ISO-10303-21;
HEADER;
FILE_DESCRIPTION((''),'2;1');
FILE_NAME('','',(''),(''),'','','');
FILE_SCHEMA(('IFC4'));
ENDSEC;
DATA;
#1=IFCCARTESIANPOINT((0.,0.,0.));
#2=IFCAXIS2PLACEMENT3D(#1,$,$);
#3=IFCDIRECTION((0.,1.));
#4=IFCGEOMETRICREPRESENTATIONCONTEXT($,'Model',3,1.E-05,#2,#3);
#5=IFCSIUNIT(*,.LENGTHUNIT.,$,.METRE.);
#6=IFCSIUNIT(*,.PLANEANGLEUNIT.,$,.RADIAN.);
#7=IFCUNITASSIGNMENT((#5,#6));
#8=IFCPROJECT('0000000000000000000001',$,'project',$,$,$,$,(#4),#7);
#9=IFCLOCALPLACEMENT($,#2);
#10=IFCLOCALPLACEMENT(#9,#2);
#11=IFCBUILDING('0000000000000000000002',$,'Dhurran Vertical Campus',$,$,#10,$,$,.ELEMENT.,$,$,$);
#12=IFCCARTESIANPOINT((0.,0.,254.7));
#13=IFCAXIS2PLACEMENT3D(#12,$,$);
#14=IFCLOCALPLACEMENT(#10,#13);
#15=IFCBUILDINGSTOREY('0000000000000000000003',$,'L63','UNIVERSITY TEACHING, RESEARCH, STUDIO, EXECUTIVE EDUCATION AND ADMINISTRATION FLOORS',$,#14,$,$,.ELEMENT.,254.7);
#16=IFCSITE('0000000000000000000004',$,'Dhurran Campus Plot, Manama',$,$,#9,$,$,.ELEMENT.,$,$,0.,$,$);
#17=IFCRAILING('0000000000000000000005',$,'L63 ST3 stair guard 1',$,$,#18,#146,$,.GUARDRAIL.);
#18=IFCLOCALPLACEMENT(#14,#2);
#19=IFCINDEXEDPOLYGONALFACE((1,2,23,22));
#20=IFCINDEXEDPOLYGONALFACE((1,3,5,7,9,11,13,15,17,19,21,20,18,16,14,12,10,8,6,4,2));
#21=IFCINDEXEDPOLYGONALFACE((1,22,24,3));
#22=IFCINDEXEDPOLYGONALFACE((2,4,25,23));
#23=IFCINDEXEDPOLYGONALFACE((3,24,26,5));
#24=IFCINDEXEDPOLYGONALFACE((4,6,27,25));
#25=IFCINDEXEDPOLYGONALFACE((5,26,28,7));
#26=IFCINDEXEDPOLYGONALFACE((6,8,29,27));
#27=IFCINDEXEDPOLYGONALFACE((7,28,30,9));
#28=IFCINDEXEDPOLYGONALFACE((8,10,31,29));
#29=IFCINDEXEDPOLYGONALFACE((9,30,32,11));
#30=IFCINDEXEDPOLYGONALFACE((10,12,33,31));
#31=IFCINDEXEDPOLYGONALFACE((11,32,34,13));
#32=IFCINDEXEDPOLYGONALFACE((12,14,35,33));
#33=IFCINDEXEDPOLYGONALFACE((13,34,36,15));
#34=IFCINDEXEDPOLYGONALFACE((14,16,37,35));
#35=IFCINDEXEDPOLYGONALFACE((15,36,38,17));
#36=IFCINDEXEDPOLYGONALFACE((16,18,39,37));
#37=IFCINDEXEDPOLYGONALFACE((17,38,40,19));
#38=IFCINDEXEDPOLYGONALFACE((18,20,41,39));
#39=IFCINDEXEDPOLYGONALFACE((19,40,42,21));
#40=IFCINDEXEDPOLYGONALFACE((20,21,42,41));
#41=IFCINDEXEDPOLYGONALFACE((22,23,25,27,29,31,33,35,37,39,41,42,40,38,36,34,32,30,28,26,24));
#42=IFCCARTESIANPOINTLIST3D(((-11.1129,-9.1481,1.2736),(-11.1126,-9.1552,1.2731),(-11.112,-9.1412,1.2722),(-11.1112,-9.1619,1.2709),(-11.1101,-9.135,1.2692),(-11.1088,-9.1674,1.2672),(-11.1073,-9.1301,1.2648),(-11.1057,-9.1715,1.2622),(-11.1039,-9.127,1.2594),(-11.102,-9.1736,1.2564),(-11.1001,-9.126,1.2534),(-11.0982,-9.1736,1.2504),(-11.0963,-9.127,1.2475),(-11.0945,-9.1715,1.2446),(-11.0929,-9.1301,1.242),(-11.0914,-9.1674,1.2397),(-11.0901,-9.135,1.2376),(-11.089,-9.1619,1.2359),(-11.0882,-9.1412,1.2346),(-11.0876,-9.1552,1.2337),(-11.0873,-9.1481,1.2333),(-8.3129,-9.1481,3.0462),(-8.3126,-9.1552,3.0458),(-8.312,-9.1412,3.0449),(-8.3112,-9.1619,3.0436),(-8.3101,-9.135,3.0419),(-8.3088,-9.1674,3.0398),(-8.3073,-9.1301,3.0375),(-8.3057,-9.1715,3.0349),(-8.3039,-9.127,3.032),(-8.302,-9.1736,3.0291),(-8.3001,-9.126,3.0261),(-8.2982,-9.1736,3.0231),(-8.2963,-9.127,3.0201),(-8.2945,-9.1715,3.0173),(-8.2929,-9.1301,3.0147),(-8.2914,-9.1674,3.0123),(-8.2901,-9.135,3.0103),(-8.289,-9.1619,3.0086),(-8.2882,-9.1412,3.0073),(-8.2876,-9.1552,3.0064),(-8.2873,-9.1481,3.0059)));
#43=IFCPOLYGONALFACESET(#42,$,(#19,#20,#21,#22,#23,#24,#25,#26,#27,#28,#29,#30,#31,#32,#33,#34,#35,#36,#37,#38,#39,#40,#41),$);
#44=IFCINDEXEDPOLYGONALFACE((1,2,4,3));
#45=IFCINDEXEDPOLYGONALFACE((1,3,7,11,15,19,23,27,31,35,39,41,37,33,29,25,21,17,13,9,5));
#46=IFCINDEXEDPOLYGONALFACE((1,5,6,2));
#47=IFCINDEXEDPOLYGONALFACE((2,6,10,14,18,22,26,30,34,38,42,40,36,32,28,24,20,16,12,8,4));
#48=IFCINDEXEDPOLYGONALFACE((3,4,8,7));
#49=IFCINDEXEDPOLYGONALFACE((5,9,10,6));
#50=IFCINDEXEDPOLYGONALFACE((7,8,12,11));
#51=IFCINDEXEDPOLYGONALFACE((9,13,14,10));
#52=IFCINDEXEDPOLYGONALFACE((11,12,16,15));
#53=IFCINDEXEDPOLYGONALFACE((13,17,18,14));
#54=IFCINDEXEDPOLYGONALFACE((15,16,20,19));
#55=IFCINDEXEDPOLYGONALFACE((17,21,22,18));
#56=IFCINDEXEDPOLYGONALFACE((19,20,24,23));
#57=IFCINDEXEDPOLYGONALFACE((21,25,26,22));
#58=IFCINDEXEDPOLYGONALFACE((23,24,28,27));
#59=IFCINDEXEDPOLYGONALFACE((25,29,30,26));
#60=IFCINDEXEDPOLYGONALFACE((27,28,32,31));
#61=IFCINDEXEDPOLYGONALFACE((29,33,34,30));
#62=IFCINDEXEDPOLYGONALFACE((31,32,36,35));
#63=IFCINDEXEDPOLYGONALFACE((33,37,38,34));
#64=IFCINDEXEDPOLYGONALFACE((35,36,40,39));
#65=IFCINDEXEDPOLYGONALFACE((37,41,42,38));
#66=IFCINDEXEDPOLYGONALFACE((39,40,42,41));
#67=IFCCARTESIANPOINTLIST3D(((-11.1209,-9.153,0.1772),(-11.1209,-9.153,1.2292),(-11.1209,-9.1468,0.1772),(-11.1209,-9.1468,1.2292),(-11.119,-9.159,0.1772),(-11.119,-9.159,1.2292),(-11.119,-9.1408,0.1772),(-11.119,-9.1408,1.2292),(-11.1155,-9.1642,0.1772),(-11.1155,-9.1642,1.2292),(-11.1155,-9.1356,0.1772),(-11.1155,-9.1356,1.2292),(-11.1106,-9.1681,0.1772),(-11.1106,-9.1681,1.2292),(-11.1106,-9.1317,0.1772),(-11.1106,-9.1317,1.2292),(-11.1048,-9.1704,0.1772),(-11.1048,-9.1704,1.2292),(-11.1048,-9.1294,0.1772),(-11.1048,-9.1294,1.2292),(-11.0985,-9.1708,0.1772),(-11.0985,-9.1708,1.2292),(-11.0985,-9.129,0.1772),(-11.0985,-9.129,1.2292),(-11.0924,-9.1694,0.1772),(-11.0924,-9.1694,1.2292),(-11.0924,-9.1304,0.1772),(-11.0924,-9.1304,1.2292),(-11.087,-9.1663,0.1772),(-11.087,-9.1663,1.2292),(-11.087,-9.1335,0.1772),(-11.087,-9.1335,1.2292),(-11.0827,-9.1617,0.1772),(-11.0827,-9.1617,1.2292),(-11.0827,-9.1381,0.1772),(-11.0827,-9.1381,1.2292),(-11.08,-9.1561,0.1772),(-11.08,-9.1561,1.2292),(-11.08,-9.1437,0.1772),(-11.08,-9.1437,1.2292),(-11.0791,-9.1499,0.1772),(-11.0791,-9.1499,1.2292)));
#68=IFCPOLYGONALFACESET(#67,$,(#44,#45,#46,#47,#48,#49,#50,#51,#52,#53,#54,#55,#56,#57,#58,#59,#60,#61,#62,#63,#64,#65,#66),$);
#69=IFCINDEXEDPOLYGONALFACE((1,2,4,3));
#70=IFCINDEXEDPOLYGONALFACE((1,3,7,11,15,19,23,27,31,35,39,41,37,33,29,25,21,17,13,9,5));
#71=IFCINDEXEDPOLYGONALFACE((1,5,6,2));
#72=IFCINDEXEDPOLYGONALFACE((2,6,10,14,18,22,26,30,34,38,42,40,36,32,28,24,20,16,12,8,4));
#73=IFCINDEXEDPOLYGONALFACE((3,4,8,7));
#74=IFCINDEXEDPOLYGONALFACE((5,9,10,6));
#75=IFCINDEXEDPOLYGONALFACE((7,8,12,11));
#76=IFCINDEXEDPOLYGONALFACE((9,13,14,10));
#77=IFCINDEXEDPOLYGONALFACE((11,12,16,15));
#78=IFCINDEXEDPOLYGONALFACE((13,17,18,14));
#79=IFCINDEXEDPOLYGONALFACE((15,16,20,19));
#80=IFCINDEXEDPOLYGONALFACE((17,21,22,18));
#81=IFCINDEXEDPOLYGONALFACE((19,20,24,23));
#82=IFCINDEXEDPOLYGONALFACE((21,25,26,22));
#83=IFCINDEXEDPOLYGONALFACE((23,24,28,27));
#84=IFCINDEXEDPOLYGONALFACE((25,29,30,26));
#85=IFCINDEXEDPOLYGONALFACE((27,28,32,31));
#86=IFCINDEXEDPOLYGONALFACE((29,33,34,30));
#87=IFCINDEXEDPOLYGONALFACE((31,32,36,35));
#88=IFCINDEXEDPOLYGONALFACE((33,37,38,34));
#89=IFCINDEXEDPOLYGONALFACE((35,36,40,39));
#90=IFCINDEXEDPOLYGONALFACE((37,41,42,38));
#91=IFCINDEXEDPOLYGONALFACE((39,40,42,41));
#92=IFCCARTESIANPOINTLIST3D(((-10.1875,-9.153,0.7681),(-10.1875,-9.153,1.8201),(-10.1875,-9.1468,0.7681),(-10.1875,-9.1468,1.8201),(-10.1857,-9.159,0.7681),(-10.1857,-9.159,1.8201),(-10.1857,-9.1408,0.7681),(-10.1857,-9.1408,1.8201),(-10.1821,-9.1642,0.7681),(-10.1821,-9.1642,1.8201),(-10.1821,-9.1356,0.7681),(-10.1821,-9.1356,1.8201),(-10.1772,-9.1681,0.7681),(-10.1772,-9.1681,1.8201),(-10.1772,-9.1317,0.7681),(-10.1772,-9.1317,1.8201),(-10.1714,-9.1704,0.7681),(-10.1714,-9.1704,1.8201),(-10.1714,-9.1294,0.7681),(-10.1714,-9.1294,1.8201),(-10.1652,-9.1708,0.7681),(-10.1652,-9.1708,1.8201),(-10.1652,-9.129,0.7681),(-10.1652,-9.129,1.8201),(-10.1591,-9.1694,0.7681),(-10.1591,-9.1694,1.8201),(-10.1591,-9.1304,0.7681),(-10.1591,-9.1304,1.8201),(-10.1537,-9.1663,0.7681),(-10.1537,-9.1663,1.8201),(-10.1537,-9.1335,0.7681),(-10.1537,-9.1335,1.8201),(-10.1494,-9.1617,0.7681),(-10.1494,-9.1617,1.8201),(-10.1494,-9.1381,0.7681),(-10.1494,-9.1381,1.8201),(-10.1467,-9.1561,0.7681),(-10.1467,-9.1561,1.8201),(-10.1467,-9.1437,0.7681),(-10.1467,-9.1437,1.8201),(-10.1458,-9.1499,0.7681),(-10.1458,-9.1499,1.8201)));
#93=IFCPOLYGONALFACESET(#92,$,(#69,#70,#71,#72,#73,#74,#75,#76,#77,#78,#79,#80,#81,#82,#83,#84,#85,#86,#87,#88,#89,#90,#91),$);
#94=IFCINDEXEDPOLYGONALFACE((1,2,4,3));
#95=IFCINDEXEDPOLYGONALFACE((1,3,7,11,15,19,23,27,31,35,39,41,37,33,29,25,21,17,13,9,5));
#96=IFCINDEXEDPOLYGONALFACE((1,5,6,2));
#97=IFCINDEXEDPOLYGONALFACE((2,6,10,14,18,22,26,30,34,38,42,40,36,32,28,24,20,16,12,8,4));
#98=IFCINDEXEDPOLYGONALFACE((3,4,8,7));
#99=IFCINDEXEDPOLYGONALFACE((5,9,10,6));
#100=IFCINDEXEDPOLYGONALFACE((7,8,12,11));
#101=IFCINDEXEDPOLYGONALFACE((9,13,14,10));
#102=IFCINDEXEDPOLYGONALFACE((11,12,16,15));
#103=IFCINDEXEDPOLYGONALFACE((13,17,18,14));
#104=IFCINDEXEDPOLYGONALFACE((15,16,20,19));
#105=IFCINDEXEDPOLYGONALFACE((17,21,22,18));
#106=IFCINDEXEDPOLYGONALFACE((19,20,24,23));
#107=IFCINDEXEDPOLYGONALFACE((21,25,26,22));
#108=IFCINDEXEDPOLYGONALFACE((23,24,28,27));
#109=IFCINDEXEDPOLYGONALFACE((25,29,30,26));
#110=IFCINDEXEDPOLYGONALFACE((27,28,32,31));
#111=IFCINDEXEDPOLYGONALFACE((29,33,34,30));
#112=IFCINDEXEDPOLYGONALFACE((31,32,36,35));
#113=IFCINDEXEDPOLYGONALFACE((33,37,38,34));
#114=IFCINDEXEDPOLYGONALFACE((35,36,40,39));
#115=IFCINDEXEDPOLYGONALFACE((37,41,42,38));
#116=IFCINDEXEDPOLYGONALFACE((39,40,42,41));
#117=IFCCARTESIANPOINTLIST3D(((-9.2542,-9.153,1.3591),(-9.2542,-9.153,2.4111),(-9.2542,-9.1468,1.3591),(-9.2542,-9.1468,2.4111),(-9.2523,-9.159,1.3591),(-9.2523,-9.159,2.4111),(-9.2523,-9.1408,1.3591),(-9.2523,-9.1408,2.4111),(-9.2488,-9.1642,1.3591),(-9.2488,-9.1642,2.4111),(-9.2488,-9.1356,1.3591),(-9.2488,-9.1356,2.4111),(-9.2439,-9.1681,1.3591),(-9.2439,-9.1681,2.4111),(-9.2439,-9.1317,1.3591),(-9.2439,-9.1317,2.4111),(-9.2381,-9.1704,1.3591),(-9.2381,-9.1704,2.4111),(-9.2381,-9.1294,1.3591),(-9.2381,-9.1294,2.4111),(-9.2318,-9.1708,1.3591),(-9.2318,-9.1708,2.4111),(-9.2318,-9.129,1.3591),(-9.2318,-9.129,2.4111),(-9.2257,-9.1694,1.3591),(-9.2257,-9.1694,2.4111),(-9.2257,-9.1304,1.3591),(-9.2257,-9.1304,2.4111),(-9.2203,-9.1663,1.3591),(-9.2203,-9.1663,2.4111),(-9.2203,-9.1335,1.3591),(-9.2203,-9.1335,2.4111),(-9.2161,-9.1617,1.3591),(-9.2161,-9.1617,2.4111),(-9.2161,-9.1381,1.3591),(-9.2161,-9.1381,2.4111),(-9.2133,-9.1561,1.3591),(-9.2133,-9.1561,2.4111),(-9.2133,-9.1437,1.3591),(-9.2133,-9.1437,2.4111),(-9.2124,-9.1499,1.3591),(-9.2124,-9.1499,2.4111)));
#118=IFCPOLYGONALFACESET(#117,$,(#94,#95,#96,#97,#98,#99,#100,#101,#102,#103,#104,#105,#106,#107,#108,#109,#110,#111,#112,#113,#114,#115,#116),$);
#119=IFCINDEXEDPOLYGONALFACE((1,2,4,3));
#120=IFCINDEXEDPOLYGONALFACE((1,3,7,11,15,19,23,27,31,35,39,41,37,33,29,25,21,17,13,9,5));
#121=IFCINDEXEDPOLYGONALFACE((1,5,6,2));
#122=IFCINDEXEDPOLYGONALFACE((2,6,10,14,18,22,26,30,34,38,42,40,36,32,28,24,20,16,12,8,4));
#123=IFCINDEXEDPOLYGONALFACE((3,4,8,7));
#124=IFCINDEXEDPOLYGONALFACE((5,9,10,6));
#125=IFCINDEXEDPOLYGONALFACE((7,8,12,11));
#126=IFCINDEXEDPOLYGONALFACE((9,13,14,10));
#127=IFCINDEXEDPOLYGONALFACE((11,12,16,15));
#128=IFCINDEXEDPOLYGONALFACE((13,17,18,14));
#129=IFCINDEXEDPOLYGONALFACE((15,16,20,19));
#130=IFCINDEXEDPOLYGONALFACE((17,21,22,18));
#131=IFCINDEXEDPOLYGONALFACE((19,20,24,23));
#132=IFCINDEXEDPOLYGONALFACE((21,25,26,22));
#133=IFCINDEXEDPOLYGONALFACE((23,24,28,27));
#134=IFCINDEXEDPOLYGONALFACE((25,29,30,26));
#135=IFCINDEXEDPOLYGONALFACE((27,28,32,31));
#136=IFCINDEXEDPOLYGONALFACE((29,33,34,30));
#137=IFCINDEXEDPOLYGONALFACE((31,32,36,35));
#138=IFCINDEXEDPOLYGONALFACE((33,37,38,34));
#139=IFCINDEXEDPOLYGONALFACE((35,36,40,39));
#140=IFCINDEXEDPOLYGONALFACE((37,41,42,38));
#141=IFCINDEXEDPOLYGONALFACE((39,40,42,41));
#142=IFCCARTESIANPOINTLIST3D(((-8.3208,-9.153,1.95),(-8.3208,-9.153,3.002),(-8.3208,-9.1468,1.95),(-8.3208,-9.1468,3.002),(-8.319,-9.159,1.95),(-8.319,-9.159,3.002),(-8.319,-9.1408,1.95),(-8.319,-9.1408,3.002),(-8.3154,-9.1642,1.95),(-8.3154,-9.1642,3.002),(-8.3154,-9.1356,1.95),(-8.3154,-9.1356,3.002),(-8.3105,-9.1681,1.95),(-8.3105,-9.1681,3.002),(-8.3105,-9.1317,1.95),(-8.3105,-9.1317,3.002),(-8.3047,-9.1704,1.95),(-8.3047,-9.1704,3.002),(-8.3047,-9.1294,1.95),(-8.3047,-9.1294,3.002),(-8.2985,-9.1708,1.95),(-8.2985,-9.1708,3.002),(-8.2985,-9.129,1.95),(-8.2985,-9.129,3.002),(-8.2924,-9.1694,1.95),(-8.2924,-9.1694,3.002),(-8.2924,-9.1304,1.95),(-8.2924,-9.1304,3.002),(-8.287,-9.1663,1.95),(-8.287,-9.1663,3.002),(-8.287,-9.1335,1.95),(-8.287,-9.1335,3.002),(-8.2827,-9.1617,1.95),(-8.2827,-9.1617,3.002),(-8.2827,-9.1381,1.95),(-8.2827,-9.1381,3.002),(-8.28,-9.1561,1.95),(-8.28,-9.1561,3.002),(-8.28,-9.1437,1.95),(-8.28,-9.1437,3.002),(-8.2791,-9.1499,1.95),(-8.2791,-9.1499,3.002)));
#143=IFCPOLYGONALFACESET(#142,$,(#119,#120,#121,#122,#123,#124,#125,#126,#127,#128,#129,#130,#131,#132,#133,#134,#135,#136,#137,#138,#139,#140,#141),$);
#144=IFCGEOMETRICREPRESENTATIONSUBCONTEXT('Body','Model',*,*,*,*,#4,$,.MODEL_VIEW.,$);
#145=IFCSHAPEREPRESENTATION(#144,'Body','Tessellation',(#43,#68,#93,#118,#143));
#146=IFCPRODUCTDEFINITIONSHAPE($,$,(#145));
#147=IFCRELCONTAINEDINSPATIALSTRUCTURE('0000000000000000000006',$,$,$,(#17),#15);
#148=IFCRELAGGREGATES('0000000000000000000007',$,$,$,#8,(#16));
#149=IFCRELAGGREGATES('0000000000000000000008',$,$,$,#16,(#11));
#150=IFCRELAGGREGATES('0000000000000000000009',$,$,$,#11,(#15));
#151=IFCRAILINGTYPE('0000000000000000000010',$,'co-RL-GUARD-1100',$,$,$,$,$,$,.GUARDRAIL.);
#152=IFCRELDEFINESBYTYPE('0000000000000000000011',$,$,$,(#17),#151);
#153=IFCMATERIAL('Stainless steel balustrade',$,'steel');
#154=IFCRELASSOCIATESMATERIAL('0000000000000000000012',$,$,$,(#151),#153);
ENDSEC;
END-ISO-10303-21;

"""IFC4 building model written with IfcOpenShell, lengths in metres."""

from ifc_helpers import new_model, si_unit, direction, frame, origin, origin_2d, place, context, subcontext, project, spatial, circle, extrude, material, type_object, element, save


model = new_model("IFC4")

# Units and contexts
model_context = context("Model", 3, precision=1e-05, world=origin(), true_north=direction((0.0, 1.0)))
body_context = subcontext(model_context, "Body", "Model", "MODEL_VIEW")
ifc_project = project(units=[si_unit("LENGTHUNIT", "METRE"), si_unit("PLANEANGLEUNIT", "RADIAN")], contexts=[model_context])

# Site, building, storey
site_placement = place(None, origin())
site = spatial("IfcSite", under=ifc_project, at=site_placement, Name="Dhurran Campus Plot, Manama", CompositionType="ELEMENT", RefElevation=0.0)
building_placement = place(site_placement, origin())
building = spatial("IfcBuilding", under=site, at=building_placement, Name="Dhurran Vertical Campus", CompositionType="ELEMENT")
storey_placement = place(building_placement, frame((0.0, 0.0, 254.7)))
storey = spatial("IfcBuildingStorey", under=building, at=storey_placement, Name="L63", Description="UNIVERSITY TEACHING, RESEARCH, STUDIO, EXECUTIVE EDUCATION AND ADMINISTRATION FLOORS", CompositionType="ELEMENT", Elevation=254.7)

# Railing
ifc_material_1 = material(Name="Stainless steel balustrade", Category="steel")
railing_type_1 = type_object("IfcRailingType", Name="co-RL-GUARD-1100", PredefinedType="GUARDRAIL", material=ifc_material_1)
railing_1_placement = place(storey_placement, frame((-11.1001, -9.1499, 0.1772)))
element("IfcRailing", 1, at=railing_1_placement, inside=storey, type_object=railing_type_1, Name="L63 ST3 stair guard 1", PredefinedType="GUARDRAIL", context=body_context, shape_type="SweptSolid", body=[
    extrude(circle(Radius=0.0239, at=origin_2d()), frame((0.0, 0.0, 1.0762), z_axis=(0.844909, 0.0, 0.53491), x_axis=(0.0, 1.0, 0.0)), (0.0, 0.0, 1.0), 3.314),
    extrude(circle(Radius=0.021, at=origin_2d()), origin(), (0.0, 0.0, 1.0), 1.052),
    extrude(circle(Radius=0.021, at=origin_2d()), frame((0.9333, 0.0, 0.5908)), (0.0, 0.0, 1.0), 1.052),
    extrude(circle(Radius=0.021, at=origin_2d()), frame((1.8667, 0.0, 1.1819)), (0.0, 0.0, 1.0), 1.052),
    extrude(circle(Radius=0.021, at=origin_2d()), frame((2.8, 0.0, 1.7727)), (0.0, 0.0, 1.0), 1.052),
])

save(model, "model.ifc")
